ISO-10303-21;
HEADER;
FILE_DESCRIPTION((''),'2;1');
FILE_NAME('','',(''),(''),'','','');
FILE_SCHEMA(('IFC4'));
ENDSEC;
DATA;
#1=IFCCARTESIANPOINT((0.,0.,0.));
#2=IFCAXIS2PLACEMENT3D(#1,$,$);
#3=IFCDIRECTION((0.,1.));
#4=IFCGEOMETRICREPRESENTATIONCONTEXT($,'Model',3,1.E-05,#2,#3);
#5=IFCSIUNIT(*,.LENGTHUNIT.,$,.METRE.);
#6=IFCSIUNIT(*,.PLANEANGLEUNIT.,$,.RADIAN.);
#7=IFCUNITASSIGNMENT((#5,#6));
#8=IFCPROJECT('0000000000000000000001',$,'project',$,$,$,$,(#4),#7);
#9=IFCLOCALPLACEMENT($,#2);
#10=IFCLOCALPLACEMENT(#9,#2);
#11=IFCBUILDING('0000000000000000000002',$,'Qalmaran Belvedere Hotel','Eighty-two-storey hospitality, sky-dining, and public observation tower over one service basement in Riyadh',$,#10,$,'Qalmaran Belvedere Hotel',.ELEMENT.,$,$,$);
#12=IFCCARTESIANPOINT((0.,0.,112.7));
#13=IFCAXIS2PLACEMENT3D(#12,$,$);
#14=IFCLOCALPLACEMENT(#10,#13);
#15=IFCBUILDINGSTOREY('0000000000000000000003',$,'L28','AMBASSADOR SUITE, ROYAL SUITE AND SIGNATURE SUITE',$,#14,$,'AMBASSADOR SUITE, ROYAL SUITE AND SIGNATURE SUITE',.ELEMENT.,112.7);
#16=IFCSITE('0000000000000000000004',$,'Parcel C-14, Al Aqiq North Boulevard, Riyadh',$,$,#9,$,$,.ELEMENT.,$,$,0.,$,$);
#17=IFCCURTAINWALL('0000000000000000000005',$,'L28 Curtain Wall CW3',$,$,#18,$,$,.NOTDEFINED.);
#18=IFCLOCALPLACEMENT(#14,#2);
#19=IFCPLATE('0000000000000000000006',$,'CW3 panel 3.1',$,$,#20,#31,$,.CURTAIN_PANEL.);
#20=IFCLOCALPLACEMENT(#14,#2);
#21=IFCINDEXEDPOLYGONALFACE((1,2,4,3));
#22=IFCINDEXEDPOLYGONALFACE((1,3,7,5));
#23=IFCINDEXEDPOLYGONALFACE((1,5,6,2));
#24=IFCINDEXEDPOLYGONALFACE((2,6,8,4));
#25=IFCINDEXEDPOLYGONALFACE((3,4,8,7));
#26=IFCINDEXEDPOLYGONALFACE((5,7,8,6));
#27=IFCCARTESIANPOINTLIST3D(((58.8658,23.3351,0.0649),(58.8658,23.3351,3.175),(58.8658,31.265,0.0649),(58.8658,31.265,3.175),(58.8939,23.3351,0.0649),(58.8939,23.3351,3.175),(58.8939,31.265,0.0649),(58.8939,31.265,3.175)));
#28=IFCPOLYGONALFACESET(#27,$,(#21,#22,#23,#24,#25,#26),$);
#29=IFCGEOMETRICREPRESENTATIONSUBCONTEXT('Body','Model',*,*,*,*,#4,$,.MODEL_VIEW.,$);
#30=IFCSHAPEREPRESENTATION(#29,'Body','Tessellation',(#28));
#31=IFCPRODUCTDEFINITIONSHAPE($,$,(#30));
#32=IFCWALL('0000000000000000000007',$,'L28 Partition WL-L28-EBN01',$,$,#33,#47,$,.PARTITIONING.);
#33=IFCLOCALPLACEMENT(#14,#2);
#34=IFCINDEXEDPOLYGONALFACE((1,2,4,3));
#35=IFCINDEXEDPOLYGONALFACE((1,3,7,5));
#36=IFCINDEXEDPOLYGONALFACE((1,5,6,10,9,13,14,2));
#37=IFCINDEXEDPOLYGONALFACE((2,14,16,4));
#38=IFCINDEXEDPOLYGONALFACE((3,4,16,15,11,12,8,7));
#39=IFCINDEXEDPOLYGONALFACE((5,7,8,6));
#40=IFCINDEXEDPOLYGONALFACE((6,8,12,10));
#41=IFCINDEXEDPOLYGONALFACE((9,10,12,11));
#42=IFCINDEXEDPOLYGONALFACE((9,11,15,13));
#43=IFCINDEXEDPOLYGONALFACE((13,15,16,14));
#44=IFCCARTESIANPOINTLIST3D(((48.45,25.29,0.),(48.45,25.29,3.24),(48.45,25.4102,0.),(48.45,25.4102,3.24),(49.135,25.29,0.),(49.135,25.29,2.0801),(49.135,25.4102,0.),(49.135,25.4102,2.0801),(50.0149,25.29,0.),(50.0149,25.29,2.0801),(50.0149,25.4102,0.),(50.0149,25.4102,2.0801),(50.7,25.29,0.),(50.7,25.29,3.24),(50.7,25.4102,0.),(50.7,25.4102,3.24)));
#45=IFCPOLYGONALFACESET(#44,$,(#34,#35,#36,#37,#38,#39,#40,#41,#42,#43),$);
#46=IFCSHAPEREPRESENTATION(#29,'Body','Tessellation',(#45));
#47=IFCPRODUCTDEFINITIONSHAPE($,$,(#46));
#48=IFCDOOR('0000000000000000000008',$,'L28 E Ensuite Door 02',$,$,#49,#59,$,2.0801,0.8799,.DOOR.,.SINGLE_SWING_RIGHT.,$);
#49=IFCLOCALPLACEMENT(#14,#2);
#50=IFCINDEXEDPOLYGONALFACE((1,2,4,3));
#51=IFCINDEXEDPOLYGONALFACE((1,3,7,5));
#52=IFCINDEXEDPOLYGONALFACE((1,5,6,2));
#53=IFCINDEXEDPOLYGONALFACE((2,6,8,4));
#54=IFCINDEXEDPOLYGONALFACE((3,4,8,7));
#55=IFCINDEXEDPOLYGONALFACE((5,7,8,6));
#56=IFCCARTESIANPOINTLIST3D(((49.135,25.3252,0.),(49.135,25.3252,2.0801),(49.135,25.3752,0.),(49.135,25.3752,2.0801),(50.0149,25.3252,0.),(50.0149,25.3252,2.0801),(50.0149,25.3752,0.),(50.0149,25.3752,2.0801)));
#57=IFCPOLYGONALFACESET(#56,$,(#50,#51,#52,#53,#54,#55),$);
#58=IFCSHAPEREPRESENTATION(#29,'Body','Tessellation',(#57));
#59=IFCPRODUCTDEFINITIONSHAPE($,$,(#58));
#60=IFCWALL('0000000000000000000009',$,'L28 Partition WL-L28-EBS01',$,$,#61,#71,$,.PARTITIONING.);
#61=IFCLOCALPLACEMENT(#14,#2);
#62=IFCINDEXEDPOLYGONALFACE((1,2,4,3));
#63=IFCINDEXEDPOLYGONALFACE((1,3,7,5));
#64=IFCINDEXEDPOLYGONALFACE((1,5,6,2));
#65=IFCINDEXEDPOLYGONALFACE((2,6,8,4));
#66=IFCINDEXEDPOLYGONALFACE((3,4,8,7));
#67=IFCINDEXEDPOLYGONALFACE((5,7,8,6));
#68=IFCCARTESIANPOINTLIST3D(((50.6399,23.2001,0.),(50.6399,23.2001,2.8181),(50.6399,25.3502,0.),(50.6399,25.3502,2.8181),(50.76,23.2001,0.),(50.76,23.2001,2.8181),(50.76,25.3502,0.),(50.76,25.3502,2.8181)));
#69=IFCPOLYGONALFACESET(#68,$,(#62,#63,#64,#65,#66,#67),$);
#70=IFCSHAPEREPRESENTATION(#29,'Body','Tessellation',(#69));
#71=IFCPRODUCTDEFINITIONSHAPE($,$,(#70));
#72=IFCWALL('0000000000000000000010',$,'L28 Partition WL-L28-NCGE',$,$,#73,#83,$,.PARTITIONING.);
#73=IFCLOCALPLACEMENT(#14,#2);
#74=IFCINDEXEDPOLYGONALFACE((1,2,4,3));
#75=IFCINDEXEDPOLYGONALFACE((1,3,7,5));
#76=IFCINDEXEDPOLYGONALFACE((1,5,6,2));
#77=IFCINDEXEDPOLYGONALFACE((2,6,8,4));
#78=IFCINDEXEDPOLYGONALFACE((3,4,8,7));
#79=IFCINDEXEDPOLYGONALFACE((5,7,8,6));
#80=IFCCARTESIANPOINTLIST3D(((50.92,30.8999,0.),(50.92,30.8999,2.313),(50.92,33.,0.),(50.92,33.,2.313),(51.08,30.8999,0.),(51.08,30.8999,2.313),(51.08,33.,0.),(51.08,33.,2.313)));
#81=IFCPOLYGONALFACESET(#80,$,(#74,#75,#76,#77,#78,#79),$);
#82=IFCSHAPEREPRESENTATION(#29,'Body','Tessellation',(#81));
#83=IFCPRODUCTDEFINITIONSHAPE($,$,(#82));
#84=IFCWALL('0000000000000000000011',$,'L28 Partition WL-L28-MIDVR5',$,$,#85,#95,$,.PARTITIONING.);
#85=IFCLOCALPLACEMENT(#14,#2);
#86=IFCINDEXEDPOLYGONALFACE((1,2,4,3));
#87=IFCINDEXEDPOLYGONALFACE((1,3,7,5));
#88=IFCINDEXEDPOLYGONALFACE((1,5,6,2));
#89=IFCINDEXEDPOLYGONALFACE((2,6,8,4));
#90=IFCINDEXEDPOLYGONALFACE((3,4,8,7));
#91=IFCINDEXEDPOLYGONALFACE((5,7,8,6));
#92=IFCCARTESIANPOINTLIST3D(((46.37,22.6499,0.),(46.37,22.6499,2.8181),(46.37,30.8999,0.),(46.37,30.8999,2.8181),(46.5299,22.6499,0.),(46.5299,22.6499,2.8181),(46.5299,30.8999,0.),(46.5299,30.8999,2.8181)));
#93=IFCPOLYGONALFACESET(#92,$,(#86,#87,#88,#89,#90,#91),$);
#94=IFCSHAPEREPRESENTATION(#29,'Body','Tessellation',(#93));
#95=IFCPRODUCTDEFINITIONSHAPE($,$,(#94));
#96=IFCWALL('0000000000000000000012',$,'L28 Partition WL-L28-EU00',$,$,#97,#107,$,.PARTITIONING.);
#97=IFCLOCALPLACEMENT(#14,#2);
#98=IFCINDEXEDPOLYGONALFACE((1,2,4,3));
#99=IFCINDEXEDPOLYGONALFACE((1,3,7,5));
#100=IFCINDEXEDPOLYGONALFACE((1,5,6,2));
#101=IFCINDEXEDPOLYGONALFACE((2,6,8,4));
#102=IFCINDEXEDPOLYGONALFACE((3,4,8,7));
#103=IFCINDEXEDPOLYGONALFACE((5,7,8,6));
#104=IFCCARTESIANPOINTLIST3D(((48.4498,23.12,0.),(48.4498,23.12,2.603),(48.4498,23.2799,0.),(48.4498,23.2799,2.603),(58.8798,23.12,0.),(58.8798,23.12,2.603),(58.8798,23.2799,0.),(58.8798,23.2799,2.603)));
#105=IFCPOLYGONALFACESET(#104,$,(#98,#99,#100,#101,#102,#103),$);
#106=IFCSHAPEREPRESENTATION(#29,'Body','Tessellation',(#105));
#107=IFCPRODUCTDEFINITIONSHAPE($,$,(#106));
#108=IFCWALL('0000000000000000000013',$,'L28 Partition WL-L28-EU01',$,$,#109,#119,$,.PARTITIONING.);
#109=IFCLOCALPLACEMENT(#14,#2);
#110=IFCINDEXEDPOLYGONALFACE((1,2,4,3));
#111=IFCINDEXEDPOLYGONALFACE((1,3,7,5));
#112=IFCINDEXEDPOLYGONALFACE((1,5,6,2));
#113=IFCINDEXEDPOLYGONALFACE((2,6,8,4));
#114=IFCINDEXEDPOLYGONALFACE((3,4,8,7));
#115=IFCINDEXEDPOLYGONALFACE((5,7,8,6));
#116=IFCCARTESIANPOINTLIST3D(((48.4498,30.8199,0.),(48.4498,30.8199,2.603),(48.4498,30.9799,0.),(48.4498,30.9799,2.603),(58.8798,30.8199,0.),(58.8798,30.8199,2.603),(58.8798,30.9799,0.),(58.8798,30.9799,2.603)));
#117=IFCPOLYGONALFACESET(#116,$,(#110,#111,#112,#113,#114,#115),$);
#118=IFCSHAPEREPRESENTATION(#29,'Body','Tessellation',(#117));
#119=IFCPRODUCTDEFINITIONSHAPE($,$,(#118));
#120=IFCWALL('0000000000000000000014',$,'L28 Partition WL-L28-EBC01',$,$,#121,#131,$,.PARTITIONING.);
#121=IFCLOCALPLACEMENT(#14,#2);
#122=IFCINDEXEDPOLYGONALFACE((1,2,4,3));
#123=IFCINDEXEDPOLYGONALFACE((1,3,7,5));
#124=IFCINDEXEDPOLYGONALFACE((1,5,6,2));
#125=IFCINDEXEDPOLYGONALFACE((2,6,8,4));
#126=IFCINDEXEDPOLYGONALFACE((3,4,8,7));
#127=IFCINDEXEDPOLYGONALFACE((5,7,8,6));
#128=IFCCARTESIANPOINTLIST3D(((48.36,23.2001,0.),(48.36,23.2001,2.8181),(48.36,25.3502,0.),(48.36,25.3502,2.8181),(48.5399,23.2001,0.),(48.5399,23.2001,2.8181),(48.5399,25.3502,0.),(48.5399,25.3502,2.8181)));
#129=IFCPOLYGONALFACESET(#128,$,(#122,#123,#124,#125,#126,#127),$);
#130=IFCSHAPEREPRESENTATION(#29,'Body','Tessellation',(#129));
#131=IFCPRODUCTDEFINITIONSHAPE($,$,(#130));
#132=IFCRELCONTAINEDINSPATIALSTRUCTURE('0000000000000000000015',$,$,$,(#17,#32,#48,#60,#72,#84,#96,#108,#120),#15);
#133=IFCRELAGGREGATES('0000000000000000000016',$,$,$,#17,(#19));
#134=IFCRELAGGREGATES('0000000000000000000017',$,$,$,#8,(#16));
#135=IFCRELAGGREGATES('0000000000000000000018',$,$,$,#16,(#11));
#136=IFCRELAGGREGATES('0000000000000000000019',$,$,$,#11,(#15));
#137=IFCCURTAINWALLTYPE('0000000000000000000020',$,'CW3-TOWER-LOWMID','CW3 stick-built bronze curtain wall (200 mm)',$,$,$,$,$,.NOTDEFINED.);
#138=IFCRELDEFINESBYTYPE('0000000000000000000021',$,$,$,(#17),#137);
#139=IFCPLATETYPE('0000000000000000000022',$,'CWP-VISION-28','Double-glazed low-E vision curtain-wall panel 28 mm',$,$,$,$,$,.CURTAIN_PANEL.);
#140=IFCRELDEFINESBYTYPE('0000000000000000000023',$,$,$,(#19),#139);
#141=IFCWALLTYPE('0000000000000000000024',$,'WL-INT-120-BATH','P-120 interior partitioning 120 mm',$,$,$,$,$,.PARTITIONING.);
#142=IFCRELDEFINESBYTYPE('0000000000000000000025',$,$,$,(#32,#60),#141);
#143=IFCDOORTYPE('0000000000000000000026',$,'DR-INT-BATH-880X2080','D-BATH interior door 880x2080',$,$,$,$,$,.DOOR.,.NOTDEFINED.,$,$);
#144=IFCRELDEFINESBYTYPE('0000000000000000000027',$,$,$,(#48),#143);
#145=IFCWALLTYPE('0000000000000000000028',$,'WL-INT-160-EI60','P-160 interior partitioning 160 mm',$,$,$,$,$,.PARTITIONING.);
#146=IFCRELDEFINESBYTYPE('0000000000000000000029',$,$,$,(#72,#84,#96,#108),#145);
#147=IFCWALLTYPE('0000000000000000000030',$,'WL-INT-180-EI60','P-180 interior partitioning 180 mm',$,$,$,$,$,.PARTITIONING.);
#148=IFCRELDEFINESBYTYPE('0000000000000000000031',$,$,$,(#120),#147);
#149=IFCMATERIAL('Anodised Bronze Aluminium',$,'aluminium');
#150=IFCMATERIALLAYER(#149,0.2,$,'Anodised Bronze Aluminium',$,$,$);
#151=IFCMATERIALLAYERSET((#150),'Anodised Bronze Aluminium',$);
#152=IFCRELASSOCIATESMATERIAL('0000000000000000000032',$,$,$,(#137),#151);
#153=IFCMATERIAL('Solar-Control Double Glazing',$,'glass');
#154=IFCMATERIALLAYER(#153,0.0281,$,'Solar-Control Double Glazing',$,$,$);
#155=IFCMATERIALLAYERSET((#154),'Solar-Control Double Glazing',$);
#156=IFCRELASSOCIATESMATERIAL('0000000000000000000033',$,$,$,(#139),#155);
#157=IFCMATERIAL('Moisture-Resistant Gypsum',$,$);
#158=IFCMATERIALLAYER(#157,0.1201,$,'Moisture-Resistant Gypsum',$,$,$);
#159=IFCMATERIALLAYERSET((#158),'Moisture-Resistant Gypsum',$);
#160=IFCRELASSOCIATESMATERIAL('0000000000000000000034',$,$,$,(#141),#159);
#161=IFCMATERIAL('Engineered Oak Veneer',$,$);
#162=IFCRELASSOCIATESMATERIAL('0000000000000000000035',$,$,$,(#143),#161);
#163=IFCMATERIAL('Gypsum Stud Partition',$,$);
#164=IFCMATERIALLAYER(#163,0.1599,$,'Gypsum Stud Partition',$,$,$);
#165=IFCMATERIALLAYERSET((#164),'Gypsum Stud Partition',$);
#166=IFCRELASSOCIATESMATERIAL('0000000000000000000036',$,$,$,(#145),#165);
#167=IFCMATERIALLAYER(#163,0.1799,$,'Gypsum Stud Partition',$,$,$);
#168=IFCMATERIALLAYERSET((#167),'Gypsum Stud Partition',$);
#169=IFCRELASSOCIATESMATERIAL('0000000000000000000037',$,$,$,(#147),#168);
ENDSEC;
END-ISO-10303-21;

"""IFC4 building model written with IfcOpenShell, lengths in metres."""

from ifc_helpers import new_model, si_unit, direction, frame, frame_2d, origin, origin_2d, place, context, subcontext, project, spatial, rectangle, extrude, material, layer, layer_set, type_object, element, fill, aggregate, save


model = new_model("IFC4")

# Units and contexts
model_context = context("Model", 3, precision=1e-05, world=origin(), true_north=direction((0.0, 1.0)))
body_context = subcontext(model_context, "Body", "Model", "MODEL_VIEW")
ifc_project = project(units=[si_unit("LENGTHUNIT", "METRE"), si_unit("PLANEANGLEUNIT", "RADIAN")], contexts=[model_context])

# Site, building, storey
site_placement = place(None, origin())
site = spatial("IfcSite", under=ifc_project, at=site_placement, Name="Parcel C-14, Al Aqiq North Boulevard, Riyadh", CompositionType="ELEMENT", RefElevation=0.0)
building_placement = place(site_placement, origin())
building = spatial("IfcBuilding", under=site, at=building_placement, Name="Qalmaran Belvedere Hotel", Description="Eighty-two-storey hospitality, sky-dining, and public observation tower over one service basement in Riyadh", LongName="Qalmaran Belvedere Hotel", CompositionType="ELEMENT")
storey_placement = place(building_placement, frame((0.0, 0.0, 112.7)))
storey = spatial("IfcBuildingStorey", under=building, at=storey_placement, Name="L28", Description="AMBASSADOR SUITE, ROYAL SUITE AND SIGNATURE SUITE", LongName="AMBASSADOR SUITE, ROYAL SUITE AND SIGNATURE SUITE", CompositionType="ELEMENT", Elevation=112.7)

# Curtain wall, plate
ifc_material_1 = material(Name="Anodised Bronze Aluminium", Category="aluminium")
ifc_layer_1 = layer(ifc_material_1, 0.2, Name="Anodised Bronze Aluminium")
ifc_layer_set_1 = layer_set([ifc_layer_1], Name="Anodised Bronze Aluminium")
curtain_wall_type = type_object("IfcCurtainWallType", Name="CW3-TOWER-LOWMID", Description="CW3 stick-built bronze curtain wall (200 mm)", PredefinedType="NOTDEFINED", material=ifc_layer_set_1)
curtain_wall_placement = place(storey_placement, origin())
curtain_wall = element("IfcCurtainWall", 1, at=curtain_wall_placement, inside=storey, type_object=curtain_wall_type, Name="L28 Curtain Wall CW3", PredefinedType="NOTDEFINED")
ifc_material_2 = material(Name="Solar-Control Double Glazing", Category="glass")
ifc_layer_2 = layer(ifc_material_2, 0.0281, Name="Solar-Control Double Glazing")
ifc_layer_set_2 = layer_set([ifc_layer_2], Name="Solar-Control Double Glazing")
plate_type = type_object("IfcPlateType", Name="CWP-VISION-28", Description="Double-glazed low-E vision curtain-wall panel 28 mm", PredefinedType="CURTAIN_PANEL", material=ifc_layer_set_2)
plate_placement = place(storey_placement, frame((58.8799, 27.3, 0.0649), z_axis=(0.0, 0.0, 1.0), x_axis=(0.0, 1.0, 0.0)))
plate = element("IfcPlate", 2, at=plate_placement, type_object=plate_type, Name="CW3 panel 3.1", PredefinedType="CURTAIN_PANEL", context=body_context, shape_type="SweptSolid", body=[
    extrude(rectangle(XDim=7.9299, YDim=0.0281, at=origin_2d()), origin(), (0.0, 0.0, 1.0), 3.1101),
])
aggregate(curtain_wall, [plate])

# Wall, opening, door
ifc_material_3 = material(Name="Moisture-Resistant Gypsum")
ifc_layer_3 = layer(ifc_material_3, 0.1201, Name="Moisture-Resistant Gypsum")
ifc_layer_set_3 = layer_set([ifc_layer_3], Name="Moisture-Resistant Gypsum")
wall_type_1 = type_object("IfcWallType", Name="WL-INT-120-BATH", Description="P-120 interior partitioning 120 mm", PredefinedType="PARTITIONING", material=ifc_layer_set_3)
wall_1_placement = place(storey_placement, frame((48.45, 25.3501, 0.0), z_axis=(0.0, 0.0, 1.0), x_axis=(1.0, 0.0, 0.0)))
wall_1 = element("IfcWall", 3, at=wall_1_placement, inside=storey, type_object=wall_type_1, Name="L28 Partition WL-L28-EBN01", PredefinedType="PARTITIONING", context=body_context, shape_type="SweptSolid", body=[
    extrude(rectangle(XDim=2.25, YDim=0.1201, at=frame_2d((1.125, 0.0))), origin(), (0.0, 0.0, 1.0), 3.24),
])
opening_1_placement = place(wall_1_placement, frame((1.5649, 0.0, 0.0), z_axis=(0.0, 0.0, 1.0), x_axis=(-1.0, 0.0, 0.0)))
opening_1 = element("IfcOpeningElement", 4, at=opening_1_placement, cuts=wall_1, PredefinedType="OPENING", context=body_context, shape_type="SweptSolid", body=[
    extrude(rectangle(XDim=0.8799, YDim=2.0801, at=frame_2d((0.4399, 1.04))), frame((0.0, 0.0701, 0.0), z_axis=(0.0, -1.0, 0.0), x_axis=(1.0, 0.0, 0.0)), (0.0, 0.0, 1.0), 0.1401),
])
ifc_material_4 = material(Name="Engineered Oak Veneer")
door_type_1 = type_object("IfcDoorType", Name="DR-INT-BATH-880X2080", Description="D-BATH interior door 880x2080", OperationType="NOTDEFINED", PredefinedType="DOOR", material=ifc_material_4)
door_1_placement = place(opening_1_placement, origin())
door_1 = element("IfcDoor", 5, at=door_1_placement, inside=storey, type_object=door_type_1, Name="L28 E Ensuite Door 02", OperationType="SINGLE_SWING_RIGHT", OverallHeight=2.0801, OverallWidth=0.8799, PredefinedType="DOOR", context=body_context, shape_type="SweptSolid", body=[
    extrude(rectangle(XDim=0.8799, YDim=2.0801, at=frame_2d((0.4399, 1.04))), frame((0.0, 0.0249, 0.0), z_axis=(0.0, -1.0, 0.0), x_axis=(1.0, 0.0, 0.0)), (0.0, 0.0, 1.0), 0.05),
])
fill(opening_1, door_1)

# Wall
wall_2_placement = place(storey_placement, frame((50.7, 23.2, 0.0), z_axis=(0.0, 0.0, 1.0), x_axis=(0.0, 1.0, 0.0)))
element("IfcWall", 6, at=wall_2_placement, inside=storey, type_object=wall_type_1, Name="L28 Partition WL-L28-EBS01", PredefinedType="PARTITIONING", context=body_context, shape_type="SweptSolid", body=[
    extrude(rectangle(XDim=2.1501, YDim=0.1201, at=frame_2d((1.0752, 0.0))), origin(), (0.0, 0.0, 1.0), 2.8181),
])

# Shared definitions
ifc_material_5 = material(Name="Gypsum Stud Partition")

# Walls
ifc_layer_4 = layer(ifc_material_5, 0.1599, Name="Gypsum Stud Partition")
ifc_layer_set_4 = layer_set([ifc_layer_4], Name="Gypsum Stud Partition")
wall_type_2 = type_object("IfcWallType", Name="WL-INT-160-EI60", Description="P-160 interior partitioning 160 mm", PredefinedType="PARTITIONING", material=ifc_layer_set_4)
wall_3_placement = place(storey_placement, frame((51.0, 30.8999, 0.0), z_axis=(0.0, 0.0, 1.0), x_axis=(0.0, 1.0, 0.0)))
element("IfcWall", 7, at=wall_3_placement, inside=storey, type_object=wall_type_2, Name="L28 Partition WL-L28-NCGE", PredefinedType="PARTITIONING", context=body_context, shape_type="SweptSolid", body=[
    extrude(rectangle(XDim=2.1001, YDim=0.1599, at=frame_2d((1.05, 0.0))), origin(), (0.0, 0.0, 1.0), 2.313),
])
wall_4_placement = place(storey_placement, frame((46.45, 22.6499, 0.0), z_axis=(0.0, 0.0, 1.0), x_axis=(0.0, 1.0, 0.0)))
element("IfcWall", 8, at=wall_4_placement, inside=storey, type_object=wall_type_2, Name="L28 Partition WL-L28-MIDVR5", PredefinedType="PARTITIONING", context=body_context, shape_type="SweptSolid", body=[
    extrude(rectangle(XDim=8.25, YDim=0.1599, at=frame_2d((4.125, 0.0))), origin(), (0.0, 0.0, 1.0), 2.8181),
])
for number, where, z_axis, x_axis, name in (
    (9, (48.45, 23.2, 0.0), (0.0, 0.0, 1.0), (1.0, 0.0, 0.0), "L28 Partition WL-L28-EU00"),
    (10, (48.45, 30.8999, 0.0), (0.0, 0.0, 1.0), (1.0, 0.0, 0.0), "L28 Partition WL-L28-EU01"),
):
    element("IfcWall", number, at=place(storey_placement, frame(where, z_axis=z_axis, x_axis=x_axis)), inside=storey, type_object=wall_type_2, Name=name, PredefinedType="PARTITIONING", context=body_context, shape_type="SweptSolid", body=[
        extrude(rectangle(XDim=10.4299, YDim=0.1599, at=frame_2d((5.2148, 0.0))), origin(), (0.0, 0.0, 1.0), 2.603),
    ])
ifc_layer_5 = layer(ifc_material_5, 0.1799, Name="Gypsum Stud Partition")
ifc_layer_set_5 = layer_set([ifc_layer_5], Name="Gypsum Stud Partition")
wall_type_3 = type_object("IfcWallType", Name="WL-INT-180-EI60", Description="P-180 interior partitioning 180 mm", PredefinedType="PARTITIONING", material=ifc_layer_set_5)
wall_5_placement = place(storey_placement, frame((48.45, 23.2, 0.0), z_axis=(0.0, 0.0, 1.0), x_axis=(0.0, 1.0, 0.0)))
element("IfcWall", 11, at=wall_5_placement, inside=storey, type_object=wall_type_3, Name="L28 Partition WL-L28-EBC01", PredefinedType="PARTITIONING", context=body_context, shape_type="SweptSolid", body=[
    extrude(rectangle(XDim=2.1501, YDim=0.1799, at=frame_2d((1.0752, 0.0))), origin(), (0.0, 0.0, 1.0), 2.8181),
])

save(model, "model.ifc")
